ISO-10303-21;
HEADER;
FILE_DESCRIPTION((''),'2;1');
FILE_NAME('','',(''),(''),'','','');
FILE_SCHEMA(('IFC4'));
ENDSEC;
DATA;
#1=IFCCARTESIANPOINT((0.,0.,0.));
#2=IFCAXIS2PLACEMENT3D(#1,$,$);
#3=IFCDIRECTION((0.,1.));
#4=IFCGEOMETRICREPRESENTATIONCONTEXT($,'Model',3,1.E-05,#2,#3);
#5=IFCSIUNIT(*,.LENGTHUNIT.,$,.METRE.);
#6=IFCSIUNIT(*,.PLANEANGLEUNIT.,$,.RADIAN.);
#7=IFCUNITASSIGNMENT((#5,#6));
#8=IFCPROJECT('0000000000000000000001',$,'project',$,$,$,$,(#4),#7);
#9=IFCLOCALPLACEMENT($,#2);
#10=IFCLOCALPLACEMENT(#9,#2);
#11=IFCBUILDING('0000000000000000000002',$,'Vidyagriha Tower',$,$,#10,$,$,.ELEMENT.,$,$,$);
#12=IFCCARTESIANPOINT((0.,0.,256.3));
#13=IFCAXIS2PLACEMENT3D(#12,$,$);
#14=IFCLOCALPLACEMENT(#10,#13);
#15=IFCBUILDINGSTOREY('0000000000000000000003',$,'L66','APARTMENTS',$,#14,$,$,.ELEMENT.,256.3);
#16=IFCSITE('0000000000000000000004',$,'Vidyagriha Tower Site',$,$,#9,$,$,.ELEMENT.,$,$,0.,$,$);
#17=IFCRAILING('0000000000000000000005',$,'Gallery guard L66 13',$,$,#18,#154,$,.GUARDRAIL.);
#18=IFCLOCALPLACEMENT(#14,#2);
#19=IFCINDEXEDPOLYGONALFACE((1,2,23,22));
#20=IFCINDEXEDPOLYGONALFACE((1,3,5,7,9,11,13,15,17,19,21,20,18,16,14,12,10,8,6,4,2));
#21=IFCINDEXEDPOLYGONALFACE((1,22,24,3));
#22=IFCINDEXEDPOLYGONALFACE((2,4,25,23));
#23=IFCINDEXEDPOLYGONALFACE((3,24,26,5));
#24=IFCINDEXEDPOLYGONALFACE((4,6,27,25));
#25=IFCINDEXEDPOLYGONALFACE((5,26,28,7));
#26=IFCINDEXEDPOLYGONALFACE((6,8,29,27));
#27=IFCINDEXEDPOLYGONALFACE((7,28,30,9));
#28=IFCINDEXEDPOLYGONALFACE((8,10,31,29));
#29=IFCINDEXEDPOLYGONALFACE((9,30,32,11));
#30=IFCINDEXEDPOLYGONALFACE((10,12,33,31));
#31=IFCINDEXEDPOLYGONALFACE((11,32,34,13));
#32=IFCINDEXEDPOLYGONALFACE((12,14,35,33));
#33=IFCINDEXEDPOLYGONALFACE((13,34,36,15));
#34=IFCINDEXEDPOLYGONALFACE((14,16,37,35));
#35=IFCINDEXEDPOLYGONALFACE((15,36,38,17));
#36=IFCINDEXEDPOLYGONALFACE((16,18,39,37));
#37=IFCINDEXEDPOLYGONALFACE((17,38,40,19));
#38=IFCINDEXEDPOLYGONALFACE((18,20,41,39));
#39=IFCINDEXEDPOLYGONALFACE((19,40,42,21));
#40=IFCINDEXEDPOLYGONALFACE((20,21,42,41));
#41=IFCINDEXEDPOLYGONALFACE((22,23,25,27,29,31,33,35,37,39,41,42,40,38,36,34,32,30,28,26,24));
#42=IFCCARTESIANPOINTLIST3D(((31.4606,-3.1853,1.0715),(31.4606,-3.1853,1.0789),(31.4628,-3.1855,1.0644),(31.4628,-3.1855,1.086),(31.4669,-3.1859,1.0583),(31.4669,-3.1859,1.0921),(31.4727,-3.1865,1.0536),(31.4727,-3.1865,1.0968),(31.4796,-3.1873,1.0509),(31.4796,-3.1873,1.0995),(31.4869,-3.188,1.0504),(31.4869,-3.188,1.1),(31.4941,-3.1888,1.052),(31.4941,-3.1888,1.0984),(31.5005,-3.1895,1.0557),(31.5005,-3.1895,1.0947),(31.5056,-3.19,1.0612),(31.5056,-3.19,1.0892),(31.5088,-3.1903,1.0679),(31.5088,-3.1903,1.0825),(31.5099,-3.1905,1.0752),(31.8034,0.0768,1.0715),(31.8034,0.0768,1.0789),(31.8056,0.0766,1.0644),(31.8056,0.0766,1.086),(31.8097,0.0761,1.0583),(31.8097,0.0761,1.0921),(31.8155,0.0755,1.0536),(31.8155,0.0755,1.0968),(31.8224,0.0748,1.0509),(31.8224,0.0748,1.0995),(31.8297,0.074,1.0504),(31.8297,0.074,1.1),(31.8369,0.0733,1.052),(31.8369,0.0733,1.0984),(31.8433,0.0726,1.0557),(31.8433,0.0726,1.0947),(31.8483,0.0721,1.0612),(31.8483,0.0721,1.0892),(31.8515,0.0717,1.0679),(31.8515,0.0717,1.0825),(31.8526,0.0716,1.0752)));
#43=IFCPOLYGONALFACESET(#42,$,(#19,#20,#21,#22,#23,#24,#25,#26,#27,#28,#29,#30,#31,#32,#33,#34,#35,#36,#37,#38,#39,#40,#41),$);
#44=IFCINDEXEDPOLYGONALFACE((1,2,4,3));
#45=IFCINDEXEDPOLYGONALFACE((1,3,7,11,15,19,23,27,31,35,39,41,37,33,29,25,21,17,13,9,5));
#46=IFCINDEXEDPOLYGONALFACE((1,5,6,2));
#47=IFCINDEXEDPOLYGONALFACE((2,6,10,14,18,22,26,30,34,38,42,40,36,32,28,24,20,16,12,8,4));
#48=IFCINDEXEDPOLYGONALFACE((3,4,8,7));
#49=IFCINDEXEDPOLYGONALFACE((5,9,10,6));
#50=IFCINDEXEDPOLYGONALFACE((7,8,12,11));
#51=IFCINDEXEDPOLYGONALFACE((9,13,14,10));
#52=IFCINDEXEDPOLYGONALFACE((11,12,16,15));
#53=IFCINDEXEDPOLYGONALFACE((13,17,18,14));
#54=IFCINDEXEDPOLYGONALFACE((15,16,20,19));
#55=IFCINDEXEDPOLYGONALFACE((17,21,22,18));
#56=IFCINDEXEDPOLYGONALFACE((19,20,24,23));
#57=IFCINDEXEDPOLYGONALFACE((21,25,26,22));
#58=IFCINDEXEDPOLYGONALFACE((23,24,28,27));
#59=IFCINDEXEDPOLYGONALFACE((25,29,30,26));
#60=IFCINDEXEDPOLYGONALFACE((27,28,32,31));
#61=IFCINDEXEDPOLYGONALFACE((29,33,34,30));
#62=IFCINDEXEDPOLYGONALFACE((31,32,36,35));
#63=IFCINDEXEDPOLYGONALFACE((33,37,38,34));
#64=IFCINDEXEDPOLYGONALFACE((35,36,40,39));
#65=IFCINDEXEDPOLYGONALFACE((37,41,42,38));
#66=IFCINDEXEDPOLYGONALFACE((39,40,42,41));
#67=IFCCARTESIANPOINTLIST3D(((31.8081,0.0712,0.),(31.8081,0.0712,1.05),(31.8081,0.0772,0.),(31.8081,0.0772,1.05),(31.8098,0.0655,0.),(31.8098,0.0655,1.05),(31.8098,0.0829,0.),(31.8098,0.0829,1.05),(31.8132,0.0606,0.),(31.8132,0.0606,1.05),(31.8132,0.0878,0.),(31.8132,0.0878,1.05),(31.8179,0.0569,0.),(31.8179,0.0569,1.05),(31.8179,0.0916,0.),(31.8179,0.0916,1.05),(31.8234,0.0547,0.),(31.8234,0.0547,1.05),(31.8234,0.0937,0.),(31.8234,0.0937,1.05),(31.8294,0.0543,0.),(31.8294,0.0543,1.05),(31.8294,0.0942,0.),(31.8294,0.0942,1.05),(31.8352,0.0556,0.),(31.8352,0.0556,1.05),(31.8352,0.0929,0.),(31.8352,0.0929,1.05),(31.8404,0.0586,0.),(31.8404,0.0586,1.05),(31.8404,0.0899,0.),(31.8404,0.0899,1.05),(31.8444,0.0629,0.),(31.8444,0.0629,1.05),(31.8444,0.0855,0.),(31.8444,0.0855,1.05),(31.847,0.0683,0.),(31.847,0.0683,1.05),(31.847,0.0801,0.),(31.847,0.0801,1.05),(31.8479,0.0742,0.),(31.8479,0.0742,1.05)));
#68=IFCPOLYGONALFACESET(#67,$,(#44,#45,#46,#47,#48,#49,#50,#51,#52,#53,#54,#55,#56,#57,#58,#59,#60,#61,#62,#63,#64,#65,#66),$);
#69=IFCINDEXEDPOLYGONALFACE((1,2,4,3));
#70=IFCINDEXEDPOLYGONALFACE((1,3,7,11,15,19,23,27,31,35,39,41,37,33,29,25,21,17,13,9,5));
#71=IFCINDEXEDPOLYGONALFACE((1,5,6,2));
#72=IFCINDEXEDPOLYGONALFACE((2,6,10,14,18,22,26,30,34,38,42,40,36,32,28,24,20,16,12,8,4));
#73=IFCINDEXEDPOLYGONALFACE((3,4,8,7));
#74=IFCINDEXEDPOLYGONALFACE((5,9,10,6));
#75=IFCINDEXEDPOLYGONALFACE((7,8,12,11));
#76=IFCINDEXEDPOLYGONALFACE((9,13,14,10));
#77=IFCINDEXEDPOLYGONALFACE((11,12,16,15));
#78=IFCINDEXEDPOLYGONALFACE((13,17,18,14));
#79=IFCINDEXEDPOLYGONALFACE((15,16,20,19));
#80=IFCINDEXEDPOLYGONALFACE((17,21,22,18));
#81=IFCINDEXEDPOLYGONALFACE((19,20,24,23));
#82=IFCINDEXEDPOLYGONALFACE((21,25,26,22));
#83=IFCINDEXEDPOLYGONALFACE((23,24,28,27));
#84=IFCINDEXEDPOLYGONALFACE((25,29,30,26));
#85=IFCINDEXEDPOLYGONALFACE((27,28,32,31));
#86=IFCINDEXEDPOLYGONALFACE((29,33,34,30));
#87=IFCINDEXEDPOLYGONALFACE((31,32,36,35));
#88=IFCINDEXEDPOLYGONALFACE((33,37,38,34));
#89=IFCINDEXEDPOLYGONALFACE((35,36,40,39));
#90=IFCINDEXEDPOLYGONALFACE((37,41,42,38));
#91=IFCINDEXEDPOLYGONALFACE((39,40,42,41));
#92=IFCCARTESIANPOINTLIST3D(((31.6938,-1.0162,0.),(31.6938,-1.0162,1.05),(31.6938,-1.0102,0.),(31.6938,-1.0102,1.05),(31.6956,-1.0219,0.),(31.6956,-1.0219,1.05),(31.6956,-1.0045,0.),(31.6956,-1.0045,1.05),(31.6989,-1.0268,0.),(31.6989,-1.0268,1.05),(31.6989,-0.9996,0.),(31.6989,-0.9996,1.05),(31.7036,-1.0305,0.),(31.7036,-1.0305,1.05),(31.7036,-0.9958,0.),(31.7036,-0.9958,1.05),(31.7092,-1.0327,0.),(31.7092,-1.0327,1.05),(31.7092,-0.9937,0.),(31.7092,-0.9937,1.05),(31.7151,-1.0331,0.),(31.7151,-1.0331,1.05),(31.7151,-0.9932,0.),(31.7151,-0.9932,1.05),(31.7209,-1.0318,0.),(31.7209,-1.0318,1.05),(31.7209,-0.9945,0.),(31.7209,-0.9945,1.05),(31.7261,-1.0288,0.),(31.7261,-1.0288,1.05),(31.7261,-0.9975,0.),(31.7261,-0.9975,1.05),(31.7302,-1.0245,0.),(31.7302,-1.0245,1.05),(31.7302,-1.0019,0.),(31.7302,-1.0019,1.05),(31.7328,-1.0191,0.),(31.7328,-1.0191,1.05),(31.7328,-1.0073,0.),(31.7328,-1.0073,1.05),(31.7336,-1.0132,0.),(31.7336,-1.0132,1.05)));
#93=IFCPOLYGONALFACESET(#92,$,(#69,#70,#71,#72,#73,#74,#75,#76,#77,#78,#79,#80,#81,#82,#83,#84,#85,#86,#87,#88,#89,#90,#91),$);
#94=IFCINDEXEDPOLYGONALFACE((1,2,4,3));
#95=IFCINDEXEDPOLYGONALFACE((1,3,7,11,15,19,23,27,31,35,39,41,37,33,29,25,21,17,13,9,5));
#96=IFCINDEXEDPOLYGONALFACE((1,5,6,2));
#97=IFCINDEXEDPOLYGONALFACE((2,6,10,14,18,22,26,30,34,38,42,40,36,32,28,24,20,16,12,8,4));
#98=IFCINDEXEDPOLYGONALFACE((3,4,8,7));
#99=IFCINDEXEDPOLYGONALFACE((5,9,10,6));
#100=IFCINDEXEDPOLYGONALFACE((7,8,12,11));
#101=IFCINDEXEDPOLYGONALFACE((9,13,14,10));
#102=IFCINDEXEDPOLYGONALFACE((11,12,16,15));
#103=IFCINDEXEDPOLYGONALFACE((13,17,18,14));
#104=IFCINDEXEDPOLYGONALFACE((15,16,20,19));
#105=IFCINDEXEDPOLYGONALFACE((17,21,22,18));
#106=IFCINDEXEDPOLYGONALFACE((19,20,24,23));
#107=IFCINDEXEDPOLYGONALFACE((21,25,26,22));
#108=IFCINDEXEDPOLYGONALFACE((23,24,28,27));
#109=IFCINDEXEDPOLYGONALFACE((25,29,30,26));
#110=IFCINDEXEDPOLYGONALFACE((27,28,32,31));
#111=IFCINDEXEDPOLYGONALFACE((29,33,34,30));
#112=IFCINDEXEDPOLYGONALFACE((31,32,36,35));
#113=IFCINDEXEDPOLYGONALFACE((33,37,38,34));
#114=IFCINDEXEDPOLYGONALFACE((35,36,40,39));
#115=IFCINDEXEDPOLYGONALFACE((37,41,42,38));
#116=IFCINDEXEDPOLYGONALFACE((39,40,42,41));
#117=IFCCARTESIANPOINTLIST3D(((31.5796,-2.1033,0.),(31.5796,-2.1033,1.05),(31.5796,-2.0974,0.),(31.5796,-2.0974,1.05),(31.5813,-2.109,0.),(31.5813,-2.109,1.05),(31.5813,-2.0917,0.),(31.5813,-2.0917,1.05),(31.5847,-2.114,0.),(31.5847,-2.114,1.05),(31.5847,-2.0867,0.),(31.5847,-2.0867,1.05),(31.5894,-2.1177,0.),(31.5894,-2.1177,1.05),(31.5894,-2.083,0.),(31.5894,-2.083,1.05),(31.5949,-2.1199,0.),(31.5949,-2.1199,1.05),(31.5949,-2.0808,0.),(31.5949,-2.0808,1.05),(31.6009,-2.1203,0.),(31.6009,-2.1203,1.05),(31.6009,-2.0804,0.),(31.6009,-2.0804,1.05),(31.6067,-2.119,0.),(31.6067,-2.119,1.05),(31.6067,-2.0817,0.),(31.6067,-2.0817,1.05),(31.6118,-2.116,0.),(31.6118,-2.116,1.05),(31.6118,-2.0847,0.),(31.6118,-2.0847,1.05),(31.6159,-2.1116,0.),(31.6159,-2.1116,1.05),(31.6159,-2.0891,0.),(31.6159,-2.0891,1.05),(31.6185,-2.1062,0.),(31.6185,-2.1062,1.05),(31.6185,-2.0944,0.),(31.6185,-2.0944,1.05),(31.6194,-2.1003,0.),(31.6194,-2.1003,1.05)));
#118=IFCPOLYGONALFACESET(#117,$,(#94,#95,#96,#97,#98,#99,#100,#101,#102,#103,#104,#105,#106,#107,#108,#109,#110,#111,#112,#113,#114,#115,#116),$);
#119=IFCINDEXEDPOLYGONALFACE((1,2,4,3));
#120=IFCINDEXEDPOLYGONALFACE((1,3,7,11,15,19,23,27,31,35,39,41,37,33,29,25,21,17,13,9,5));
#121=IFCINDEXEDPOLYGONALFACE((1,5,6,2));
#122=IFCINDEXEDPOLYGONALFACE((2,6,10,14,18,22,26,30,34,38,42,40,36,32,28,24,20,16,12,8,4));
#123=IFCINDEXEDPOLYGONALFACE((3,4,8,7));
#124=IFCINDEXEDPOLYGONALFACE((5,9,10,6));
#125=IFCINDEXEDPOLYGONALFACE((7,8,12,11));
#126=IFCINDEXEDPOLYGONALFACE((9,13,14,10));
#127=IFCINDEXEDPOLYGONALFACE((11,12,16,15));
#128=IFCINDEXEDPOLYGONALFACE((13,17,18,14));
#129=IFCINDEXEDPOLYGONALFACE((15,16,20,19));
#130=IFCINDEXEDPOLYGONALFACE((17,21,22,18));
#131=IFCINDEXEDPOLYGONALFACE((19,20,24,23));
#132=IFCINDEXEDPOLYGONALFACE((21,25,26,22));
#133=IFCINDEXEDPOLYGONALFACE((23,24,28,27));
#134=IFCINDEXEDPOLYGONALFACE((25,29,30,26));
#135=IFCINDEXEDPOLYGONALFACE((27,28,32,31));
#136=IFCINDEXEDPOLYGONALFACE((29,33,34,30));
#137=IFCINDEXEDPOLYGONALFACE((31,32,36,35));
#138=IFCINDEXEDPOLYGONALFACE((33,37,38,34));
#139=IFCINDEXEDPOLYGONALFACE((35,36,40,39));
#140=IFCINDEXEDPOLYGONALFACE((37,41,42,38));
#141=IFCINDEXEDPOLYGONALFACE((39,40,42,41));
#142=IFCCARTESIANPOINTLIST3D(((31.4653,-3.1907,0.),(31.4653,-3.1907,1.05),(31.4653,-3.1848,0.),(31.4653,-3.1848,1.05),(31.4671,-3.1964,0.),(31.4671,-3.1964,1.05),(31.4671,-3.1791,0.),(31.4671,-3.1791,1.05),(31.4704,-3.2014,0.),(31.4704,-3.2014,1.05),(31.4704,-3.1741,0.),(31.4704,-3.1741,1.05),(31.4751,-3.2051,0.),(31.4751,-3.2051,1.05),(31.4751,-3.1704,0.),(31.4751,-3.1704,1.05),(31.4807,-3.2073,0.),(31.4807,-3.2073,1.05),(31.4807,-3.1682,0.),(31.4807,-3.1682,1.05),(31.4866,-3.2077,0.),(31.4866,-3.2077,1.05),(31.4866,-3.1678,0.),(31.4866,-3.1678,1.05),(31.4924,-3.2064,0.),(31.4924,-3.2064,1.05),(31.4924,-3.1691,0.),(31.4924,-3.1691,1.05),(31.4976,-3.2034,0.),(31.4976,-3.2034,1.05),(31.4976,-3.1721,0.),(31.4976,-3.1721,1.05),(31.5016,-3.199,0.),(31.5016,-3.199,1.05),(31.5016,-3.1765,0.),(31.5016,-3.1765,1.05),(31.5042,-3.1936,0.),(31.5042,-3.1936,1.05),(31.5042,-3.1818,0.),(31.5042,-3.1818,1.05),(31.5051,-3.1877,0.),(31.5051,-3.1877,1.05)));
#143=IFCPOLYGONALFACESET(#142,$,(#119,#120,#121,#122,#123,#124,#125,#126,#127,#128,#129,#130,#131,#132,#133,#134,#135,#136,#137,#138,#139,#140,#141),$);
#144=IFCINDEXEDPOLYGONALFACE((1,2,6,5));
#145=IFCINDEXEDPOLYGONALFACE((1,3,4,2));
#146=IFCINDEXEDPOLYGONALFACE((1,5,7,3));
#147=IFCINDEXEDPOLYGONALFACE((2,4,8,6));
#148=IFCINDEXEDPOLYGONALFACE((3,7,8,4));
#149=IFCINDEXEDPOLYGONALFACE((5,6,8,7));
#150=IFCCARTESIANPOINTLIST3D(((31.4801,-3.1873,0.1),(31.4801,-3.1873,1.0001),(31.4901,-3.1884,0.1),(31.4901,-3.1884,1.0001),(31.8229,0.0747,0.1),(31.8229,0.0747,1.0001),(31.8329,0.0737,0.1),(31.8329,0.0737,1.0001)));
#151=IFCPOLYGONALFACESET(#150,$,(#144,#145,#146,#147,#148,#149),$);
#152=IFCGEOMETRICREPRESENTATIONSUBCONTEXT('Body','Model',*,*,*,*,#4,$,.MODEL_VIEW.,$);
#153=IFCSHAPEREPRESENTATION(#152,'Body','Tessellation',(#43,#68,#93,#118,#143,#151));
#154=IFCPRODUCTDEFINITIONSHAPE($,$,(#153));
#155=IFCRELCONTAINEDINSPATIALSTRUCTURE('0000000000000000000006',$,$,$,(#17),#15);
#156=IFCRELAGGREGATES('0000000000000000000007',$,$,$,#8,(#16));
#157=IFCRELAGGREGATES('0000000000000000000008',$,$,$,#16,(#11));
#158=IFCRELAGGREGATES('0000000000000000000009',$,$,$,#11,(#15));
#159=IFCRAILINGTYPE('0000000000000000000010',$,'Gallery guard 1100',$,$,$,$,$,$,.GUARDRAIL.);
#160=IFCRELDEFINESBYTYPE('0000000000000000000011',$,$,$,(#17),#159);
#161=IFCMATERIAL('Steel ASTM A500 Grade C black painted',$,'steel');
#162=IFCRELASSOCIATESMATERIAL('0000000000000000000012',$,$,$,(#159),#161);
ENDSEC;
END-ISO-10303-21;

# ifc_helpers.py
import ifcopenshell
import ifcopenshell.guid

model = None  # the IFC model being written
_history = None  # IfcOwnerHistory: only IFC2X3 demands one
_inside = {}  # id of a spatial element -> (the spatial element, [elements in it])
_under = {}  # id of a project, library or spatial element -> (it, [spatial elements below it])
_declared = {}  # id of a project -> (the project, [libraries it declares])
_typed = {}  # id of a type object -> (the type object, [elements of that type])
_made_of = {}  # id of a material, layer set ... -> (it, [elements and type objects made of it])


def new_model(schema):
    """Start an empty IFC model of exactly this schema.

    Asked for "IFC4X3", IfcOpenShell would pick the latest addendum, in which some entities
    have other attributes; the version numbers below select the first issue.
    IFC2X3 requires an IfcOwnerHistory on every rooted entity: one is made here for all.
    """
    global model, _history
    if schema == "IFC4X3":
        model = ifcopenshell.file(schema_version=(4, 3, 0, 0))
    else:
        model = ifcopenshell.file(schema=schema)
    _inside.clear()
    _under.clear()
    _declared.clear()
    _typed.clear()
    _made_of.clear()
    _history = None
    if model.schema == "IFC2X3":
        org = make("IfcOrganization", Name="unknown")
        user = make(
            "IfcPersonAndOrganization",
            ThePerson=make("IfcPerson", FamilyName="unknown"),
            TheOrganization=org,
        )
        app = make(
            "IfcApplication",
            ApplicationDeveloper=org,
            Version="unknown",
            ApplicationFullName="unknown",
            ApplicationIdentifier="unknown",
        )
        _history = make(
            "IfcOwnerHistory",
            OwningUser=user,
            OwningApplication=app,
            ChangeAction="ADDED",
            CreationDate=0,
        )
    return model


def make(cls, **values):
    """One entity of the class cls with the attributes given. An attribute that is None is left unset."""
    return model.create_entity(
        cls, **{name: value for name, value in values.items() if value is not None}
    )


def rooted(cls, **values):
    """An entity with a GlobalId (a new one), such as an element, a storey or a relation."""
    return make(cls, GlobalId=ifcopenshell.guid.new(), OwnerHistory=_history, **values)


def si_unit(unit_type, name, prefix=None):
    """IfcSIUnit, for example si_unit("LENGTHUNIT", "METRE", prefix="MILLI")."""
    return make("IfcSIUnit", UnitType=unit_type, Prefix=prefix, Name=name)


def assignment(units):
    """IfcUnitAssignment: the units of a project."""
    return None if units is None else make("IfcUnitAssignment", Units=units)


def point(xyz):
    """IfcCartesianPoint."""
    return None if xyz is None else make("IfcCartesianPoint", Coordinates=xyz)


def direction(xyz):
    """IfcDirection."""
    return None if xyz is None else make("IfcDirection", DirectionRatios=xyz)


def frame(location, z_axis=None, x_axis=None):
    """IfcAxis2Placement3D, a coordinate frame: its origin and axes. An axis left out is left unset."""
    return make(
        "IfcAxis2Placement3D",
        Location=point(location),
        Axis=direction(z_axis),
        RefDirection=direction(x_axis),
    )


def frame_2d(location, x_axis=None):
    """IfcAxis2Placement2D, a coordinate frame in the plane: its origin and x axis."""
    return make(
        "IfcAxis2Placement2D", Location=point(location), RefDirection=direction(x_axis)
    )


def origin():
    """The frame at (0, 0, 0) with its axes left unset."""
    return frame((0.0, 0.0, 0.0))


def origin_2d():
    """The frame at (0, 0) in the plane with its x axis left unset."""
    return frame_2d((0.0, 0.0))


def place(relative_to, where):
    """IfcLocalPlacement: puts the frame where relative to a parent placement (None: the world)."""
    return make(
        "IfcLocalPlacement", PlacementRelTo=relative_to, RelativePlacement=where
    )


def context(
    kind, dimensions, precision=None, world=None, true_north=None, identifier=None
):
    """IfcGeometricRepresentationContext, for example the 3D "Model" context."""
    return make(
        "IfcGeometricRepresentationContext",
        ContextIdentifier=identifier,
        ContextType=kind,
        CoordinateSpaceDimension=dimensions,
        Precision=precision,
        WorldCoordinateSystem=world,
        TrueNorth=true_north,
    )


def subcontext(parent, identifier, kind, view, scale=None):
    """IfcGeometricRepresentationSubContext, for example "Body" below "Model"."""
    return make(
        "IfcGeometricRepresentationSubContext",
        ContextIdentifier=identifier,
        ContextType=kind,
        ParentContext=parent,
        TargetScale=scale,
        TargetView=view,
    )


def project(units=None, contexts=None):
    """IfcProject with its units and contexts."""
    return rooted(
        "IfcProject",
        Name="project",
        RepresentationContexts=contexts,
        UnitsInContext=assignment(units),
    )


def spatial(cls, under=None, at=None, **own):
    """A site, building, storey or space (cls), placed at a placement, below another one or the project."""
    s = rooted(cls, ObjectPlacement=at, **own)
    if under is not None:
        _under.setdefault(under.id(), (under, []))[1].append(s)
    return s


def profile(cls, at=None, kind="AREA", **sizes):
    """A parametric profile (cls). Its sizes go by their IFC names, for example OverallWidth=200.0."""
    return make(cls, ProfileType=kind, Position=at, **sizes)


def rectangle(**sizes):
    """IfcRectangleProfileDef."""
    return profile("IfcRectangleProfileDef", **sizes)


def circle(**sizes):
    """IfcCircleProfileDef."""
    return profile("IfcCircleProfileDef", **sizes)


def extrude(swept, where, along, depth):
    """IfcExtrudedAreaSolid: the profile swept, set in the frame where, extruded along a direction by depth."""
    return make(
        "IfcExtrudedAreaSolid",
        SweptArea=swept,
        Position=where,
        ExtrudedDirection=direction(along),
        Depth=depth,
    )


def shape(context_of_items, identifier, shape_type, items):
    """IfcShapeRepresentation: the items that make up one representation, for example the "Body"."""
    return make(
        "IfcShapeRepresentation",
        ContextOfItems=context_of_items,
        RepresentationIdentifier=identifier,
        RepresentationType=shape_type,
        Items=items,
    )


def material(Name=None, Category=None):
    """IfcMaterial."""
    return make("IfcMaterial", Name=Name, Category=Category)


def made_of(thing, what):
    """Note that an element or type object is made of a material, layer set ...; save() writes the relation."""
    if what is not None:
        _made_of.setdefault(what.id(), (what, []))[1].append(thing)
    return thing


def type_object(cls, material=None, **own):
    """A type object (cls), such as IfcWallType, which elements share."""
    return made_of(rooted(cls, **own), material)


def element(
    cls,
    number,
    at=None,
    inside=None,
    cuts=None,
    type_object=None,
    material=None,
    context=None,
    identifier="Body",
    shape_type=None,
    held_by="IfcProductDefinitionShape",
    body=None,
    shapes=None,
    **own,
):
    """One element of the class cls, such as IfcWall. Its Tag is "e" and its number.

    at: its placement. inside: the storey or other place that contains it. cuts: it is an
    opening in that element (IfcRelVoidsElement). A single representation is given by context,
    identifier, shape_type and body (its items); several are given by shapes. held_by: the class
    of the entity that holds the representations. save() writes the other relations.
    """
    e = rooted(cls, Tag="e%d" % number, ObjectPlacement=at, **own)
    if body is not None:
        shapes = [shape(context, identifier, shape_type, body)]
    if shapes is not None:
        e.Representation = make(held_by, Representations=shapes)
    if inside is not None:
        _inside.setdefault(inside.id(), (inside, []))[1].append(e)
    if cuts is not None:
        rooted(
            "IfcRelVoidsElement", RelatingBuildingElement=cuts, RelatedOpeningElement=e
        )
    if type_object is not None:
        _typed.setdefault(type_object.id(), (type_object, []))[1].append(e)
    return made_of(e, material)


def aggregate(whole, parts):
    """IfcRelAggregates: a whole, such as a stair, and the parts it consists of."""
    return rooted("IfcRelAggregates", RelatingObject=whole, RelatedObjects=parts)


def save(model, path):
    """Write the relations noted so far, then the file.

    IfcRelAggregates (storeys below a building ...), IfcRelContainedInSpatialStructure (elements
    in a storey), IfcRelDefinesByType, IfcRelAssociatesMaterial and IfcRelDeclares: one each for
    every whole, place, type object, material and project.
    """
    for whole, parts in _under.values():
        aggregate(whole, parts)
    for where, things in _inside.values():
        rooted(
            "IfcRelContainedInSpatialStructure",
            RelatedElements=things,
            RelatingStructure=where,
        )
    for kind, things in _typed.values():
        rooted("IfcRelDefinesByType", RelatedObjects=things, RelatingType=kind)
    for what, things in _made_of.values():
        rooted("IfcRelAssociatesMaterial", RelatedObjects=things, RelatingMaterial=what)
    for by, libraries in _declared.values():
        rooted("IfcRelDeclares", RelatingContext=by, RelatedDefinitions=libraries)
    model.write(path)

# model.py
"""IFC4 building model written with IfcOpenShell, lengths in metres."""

from ifc_helpers import new_model, si_unit, direction, frame, origin, origin_2d, place, context, subcontext, project, spatial, rectangle, circle, extrude, material, type_object, element, save


model = new_model("IFC4")

# Units and contexts
model_context = context("Model", 3, precision=1e-05, world=origin(), true_north=direction((0.0, 1.0)))
body_context = subcontext(model_context, "Body", "Model", "MODEL_VIEW")
ifc_project = project(units=[si_unit("LENGTHUNIT", "METRE"), si_unit("PLANEANGLEUNIT", "RADIAN")], contexts=[model_context])

# Site, building, storey
site_placement = place(None, origin())
site = spatial("IfcSite", under=ifc_project, at=site_placement, Name="Vidyagriha Tower Site", CompositionType="ELEMENT", RefElevation=0.0)
building_placement = place(site_placement, origin())
building = spatial("IfcBuilding", under=site, at=building_placement, Name="Vidyagriha Tower", CompositionType="ELEMENT")
storey_placement = place(building_placement, frame((0.0, 0.0, 256.3)))
storey = spatial("IfcBuildingStorey", under=building, at=storey_placement, Name="L66", Description="APARTMENTS", CompositionType="ELEMENT", Elevation=256.3)

# Railing
ifc_material_1 = material(Name="Steel ASTM A500 Grade C black painted", Category="steel")
railing_type_1 = type_object("IfcRailingType", Name="Gallery guard 1100", PredefinedType="GUARDRAIL", material=ifc_material_1)
railing_1_placement = place(storey_placement, frame((31.8279, 0.0742, 0.0)))
element("IfcRailing", 1, at=railing_1_placement, inside=storey, type_object=railing_type_1, Name="Gallery guard L66 13", PredefinedType="GUARDRAIL", context=body_context, shape_type="SweptSolid", body=[
    extrude(circle(Radius=0.0249, at=origin_2d()), frame((0.0, 0.0, 1.0752), z_axis=(-0.104507, -0.994524, 0.0), x_axis=(0.994524, -0.104507, 0.0)), (0.0, 0.0, 1.0), 3.28),
    extrude(circle(Radius=0.02, at=origin_2d()), origin(), (0.0, 0.0, 1.0), 1.05),
    extrude(circle(Radius=0.02, at=origin_2d()), frame((-0.1143, -1.0874, 0.0)), (0.0, 0.0, 1.0), 1.05),
    extrude(circle(Radius=0.02, at=origin_2d()), frame((-0.2285, -2.1746, 0.0)), (0.0, 0.0, 1.0), 1.05),
    extrude(circle(Radius=0.02, at=origin_2d()), frame((-0.3428, -3.262, 0.0)), (0.0, 0.0, 1.0), 1.05),
    extrude(rectangle(XDim=0.01, YDim=0.9001, at=origin_2d()), frame((0.0, 0.0, 0.55), z_axis=(-0.104507, -0.994524, 0.0), x_axis=(0.994524, -0.104507, 0.0)), (0.0, 0.0, 1.0), 3.28),
])

save(model, "model.ifc")
